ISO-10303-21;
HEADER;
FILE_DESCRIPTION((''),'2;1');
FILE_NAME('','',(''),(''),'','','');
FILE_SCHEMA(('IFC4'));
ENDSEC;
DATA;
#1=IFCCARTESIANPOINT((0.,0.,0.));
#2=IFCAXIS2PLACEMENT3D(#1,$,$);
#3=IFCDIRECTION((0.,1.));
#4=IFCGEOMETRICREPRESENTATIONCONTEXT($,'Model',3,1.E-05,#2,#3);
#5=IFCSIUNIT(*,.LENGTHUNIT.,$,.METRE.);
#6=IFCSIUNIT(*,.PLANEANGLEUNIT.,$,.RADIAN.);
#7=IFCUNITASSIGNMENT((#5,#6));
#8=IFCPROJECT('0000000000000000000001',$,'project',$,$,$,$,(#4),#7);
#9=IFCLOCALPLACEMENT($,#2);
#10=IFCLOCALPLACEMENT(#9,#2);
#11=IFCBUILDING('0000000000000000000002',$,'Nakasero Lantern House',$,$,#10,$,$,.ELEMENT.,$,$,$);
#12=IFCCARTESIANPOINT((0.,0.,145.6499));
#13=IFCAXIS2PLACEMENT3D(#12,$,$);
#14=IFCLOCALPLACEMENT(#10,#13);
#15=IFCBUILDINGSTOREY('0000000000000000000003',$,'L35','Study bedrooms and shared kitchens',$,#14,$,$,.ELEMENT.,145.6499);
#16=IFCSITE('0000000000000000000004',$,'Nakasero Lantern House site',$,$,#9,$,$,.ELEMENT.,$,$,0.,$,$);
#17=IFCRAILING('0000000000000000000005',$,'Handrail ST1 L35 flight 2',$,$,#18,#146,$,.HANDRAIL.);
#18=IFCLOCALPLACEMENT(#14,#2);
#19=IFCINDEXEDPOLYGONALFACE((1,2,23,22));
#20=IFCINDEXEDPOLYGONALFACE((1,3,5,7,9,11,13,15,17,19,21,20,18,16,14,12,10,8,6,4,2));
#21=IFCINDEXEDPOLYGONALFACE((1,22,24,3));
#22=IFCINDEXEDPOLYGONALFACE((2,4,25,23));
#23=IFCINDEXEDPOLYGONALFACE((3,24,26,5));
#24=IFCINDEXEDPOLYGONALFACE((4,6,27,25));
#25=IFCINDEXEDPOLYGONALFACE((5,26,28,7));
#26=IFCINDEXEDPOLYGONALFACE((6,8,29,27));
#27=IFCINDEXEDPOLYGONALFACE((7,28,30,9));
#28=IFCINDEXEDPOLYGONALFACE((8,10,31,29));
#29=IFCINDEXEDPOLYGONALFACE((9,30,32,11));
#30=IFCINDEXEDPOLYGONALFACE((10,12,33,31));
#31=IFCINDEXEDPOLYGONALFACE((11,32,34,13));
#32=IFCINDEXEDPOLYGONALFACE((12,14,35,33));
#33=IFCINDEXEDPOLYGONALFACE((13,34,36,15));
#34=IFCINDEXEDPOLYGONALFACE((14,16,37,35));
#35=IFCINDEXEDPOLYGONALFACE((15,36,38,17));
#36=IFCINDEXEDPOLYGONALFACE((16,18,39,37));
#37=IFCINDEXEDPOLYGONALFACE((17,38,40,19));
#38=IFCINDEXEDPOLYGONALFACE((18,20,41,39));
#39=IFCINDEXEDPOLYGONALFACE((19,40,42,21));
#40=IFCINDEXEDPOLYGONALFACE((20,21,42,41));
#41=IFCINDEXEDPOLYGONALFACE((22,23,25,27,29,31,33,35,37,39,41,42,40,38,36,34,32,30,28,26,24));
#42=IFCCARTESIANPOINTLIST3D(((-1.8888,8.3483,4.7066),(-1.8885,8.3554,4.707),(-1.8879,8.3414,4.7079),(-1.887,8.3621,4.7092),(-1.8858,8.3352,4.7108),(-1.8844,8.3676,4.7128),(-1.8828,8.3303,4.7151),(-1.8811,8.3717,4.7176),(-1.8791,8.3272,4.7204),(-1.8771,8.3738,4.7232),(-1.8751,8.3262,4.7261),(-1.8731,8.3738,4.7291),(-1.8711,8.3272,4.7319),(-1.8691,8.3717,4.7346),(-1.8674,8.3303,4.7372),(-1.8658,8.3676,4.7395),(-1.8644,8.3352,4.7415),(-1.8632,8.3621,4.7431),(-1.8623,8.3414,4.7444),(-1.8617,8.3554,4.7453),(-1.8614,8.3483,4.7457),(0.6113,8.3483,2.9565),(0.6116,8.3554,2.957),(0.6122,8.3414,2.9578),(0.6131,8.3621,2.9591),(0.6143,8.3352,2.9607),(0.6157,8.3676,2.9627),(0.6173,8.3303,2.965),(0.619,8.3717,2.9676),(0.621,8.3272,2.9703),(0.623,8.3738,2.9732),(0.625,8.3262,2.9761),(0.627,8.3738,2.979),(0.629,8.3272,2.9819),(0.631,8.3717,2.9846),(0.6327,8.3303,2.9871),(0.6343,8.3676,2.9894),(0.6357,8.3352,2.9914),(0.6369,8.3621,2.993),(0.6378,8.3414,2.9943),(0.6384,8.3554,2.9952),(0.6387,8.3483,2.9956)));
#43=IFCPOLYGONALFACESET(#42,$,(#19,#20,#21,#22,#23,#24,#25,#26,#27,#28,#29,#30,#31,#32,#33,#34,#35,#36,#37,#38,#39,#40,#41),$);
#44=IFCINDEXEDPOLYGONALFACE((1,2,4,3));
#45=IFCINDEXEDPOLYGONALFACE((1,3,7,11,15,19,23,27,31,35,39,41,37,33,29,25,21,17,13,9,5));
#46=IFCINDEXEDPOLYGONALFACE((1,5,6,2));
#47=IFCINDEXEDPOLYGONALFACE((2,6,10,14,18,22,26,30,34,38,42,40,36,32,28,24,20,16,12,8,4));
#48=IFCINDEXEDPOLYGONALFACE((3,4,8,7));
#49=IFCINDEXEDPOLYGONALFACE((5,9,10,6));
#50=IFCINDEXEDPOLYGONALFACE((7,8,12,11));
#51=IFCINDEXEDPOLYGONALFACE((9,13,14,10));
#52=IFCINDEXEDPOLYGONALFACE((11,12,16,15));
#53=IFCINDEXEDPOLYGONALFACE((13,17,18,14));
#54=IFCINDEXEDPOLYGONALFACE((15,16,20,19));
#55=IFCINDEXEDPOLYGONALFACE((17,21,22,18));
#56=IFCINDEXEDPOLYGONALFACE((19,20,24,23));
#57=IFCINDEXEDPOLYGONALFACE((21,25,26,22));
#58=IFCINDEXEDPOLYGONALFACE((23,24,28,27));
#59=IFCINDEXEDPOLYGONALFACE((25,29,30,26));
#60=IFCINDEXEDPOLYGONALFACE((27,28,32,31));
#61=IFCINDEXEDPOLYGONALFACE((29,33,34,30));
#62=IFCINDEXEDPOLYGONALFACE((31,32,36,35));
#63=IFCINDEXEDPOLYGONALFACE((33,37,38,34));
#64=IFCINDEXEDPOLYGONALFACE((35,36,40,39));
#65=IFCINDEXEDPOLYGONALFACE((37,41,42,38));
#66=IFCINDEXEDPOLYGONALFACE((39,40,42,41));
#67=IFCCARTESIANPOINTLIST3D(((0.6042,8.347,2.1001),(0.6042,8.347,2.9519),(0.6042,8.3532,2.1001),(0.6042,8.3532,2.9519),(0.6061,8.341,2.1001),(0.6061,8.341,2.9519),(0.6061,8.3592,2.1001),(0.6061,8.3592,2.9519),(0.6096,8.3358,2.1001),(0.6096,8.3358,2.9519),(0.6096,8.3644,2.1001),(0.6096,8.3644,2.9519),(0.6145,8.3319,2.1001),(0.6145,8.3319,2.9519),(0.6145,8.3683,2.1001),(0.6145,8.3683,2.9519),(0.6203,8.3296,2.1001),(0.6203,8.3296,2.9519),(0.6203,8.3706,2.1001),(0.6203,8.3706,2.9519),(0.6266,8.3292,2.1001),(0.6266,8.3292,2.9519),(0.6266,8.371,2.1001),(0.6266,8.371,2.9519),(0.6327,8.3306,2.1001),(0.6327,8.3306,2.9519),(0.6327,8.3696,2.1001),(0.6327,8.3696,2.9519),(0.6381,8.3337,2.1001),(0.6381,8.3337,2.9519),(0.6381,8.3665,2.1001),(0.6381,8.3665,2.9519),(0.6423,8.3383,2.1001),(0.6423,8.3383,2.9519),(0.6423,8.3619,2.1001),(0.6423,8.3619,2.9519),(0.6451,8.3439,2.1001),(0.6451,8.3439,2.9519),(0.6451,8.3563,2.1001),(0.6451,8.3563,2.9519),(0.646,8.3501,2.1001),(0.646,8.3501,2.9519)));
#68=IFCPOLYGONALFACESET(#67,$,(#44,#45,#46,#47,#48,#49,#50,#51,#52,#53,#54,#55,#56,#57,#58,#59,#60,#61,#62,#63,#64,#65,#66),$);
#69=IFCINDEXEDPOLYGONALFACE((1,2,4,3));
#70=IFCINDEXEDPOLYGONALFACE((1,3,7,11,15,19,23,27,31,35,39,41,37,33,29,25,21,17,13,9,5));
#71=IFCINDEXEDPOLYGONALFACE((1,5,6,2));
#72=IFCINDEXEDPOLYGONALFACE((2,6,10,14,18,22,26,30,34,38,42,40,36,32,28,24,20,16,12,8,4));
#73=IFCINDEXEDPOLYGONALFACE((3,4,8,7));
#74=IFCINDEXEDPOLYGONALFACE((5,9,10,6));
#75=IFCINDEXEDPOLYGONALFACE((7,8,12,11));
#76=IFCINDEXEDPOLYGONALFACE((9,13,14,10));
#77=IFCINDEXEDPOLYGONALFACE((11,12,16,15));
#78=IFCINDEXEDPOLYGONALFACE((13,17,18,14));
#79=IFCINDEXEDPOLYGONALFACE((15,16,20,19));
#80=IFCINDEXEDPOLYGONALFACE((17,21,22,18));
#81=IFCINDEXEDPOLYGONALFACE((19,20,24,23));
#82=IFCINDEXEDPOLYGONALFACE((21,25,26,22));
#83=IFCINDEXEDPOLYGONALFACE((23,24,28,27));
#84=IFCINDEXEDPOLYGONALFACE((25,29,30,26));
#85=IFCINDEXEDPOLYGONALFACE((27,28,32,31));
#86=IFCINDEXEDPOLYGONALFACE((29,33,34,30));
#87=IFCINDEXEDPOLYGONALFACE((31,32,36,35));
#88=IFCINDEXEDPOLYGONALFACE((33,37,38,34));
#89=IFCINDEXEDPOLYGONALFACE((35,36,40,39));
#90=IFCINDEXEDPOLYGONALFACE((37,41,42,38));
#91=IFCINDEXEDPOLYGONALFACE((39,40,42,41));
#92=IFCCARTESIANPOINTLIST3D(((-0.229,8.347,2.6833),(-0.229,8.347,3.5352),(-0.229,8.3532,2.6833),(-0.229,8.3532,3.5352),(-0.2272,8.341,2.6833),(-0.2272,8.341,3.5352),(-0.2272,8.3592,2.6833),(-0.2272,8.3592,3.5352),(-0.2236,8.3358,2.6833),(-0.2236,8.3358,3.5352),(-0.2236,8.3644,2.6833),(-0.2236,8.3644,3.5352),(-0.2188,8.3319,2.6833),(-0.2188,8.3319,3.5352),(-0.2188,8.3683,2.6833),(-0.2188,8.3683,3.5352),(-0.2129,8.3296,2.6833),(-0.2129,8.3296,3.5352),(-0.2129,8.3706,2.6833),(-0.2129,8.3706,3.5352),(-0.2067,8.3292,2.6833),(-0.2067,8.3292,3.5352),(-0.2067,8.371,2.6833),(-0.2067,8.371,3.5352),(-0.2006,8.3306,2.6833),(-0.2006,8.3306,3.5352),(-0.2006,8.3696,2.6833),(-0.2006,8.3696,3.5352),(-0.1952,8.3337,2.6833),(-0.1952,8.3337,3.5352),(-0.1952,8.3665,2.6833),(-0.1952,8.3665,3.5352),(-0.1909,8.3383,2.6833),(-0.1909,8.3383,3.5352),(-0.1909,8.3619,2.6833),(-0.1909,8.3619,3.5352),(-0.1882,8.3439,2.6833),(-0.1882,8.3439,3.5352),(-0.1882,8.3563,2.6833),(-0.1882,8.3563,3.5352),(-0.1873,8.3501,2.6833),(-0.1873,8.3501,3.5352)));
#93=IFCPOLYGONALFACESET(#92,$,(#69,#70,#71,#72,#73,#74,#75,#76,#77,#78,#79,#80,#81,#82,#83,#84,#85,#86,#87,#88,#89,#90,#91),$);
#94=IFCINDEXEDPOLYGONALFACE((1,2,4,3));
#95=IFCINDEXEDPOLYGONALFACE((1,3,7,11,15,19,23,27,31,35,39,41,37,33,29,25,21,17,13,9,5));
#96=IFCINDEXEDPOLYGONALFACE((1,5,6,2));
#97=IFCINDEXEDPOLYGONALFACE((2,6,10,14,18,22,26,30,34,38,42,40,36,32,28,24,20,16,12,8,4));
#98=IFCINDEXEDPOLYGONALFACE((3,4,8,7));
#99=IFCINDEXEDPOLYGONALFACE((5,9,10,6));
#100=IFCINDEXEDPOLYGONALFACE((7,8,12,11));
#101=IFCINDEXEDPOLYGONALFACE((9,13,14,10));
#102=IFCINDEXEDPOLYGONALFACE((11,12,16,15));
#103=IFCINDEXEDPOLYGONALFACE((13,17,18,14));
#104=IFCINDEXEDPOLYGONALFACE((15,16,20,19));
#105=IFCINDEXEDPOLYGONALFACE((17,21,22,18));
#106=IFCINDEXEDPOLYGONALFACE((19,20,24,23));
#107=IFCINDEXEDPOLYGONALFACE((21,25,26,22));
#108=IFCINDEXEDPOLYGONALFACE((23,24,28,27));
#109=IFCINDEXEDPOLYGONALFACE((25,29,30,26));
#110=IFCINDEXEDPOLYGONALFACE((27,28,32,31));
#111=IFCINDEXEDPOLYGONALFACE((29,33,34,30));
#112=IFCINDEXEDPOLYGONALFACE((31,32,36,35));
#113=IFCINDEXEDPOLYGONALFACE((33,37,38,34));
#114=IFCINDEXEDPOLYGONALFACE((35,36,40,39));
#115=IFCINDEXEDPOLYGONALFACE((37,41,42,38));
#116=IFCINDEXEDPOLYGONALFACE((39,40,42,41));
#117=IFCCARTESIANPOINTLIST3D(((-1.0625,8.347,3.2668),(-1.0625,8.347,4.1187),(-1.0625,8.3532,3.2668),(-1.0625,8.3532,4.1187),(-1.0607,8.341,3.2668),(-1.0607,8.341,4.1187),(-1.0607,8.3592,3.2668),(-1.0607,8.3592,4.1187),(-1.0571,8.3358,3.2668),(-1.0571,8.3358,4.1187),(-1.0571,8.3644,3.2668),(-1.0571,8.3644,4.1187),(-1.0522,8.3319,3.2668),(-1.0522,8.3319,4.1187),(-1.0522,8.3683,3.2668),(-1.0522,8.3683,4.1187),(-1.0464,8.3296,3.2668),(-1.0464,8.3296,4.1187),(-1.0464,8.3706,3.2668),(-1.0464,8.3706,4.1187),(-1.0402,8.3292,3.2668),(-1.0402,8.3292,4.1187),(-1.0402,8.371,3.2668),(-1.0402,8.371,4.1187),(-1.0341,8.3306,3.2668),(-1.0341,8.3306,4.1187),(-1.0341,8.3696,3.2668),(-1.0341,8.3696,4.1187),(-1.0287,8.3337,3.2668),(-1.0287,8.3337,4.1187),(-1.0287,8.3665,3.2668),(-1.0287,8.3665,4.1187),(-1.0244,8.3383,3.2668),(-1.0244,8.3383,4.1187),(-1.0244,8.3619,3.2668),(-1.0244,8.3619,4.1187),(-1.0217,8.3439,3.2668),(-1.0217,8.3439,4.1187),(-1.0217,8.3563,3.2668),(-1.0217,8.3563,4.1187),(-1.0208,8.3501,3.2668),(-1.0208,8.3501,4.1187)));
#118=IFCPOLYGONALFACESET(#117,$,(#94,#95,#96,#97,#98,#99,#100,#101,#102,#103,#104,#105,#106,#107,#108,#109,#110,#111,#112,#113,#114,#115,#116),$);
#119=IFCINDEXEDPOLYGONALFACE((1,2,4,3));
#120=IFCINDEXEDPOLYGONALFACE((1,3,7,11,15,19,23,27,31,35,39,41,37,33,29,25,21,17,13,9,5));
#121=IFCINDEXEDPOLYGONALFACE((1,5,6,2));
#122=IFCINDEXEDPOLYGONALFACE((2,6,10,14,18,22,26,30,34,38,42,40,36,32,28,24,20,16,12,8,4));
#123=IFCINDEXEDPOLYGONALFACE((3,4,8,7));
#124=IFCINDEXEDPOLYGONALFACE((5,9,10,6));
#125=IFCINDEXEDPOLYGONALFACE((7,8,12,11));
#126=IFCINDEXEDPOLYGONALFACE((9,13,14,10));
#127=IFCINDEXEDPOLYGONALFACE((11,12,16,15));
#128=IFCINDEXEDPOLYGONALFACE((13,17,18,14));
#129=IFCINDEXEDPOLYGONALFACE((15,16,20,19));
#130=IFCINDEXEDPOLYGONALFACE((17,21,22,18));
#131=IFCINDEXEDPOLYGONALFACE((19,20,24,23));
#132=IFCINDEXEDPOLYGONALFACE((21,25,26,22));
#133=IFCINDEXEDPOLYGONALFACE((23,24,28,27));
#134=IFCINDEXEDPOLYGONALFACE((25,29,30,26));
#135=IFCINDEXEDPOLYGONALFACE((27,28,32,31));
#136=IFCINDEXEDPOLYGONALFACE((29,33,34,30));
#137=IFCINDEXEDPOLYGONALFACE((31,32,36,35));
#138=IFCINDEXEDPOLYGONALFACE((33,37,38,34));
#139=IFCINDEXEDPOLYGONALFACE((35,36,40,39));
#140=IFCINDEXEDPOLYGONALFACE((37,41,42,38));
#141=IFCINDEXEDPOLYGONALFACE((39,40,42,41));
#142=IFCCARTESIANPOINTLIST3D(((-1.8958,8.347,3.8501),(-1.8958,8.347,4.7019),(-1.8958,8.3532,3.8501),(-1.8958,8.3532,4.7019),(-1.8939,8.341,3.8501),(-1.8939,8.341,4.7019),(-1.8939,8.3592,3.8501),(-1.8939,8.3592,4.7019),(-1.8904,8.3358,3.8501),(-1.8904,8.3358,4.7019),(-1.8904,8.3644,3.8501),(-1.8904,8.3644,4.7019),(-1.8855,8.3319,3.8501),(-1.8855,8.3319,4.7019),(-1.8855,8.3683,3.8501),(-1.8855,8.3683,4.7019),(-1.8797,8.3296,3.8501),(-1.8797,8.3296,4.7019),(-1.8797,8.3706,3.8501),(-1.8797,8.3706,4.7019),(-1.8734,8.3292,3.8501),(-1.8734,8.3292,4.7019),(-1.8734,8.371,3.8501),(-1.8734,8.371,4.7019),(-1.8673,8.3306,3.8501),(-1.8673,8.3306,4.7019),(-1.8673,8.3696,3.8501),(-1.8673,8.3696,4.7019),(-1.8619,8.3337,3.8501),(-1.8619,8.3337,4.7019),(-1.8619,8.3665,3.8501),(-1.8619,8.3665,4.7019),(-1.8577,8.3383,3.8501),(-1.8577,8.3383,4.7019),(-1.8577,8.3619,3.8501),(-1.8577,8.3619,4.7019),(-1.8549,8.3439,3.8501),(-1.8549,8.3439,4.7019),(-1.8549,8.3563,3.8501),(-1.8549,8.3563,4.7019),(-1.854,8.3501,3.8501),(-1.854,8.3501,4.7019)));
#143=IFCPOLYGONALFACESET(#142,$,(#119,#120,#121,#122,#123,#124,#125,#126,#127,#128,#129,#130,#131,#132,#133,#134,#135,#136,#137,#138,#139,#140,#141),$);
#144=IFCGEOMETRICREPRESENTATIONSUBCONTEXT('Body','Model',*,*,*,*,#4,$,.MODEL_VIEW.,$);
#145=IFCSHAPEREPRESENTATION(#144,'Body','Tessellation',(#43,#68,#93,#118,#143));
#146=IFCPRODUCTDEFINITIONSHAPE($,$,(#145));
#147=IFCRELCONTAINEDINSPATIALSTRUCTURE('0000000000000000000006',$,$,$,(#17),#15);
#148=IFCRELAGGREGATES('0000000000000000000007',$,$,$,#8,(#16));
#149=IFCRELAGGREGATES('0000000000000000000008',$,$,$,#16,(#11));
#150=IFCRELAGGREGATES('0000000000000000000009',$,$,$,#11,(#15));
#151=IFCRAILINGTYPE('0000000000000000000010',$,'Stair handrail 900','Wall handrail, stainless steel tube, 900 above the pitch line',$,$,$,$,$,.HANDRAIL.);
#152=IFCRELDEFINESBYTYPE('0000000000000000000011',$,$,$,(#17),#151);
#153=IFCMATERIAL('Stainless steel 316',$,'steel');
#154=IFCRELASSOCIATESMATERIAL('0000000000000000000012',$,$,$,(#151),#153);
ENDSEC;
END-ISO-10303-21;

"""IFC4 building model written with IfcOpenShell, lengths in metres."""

from ifc_helpers import new_model, si_unit, direction, frame, origin, origin_2d, place, context, subcontext, project, spatial, circle, extrude, material, type_object, element, save


model = new_model("IFC4")

# Units and contexts
model_context = context("Model", 3, precision=1e-05, world=origin(), true_north=direction((0.0, 1.0)))
body_context = subcontext(model_context, "Body", "Model", "MODEL_VIEW")
ifc_project = project(units=[si_unit("LENGTHUNIT", "METRE"), si_unit("PLANEANGLEUNIT", "RADIAN")], contexts=[model_context])

# Site, building, storey
site_placement = place(None, origin())
site = spatial("IfcSite", under=ifc_project, at=site_placement, Name="Nakasero Lantern House site", CompositionType="ELEMENT", RefElevation=0.0)
building_placement = place(site_placement, origin())
building = spatial("IfcBuilding", under=site, at=building_placement, Name="Nakasero Lantern House", CompositionType="ELEMENT")
storey_placement = place(building_placement, frame((0.0, 0.0, 145.6499)))
storey = spatial("IfcBuildingStorey", under=building, at=storey_placement, Name="L35", Description="Study bedrooms and shared kitchens", CompositionType="ELEMENT", Elevation=145.6499)

# Railing
ifc_material_1 = material(Name="Stainless steel 316", Category="steel")
railing_type = type_object("IfcRailingType", Name="Stair handrail 900", Description="Wall handrail, stainless steel tube, 900 above the pitch line", PredefinedType="HANDRAIL", material=ifc_material_1)
railing_placement = place(storey_placement, frame((0.625, 8.3501, 2.1001)))
element("IfcRailing", 1, at=railing_placement, inside=storey, type_object=railing_type, Name="Handrail ST1 L35 flight 2", PredefinedType="HANDRAIL", context=body_context, shape_type="SweptSolid", body=[
    extrude(circle(Radius=0.0239, at=origin_2d()), frame((0.0, 0.0, 0.876), z_axis=(-0.819232, 0.0, 0.573462), x_axis=(0.0, -1.0, 0.0)), (0.0, 0.0, 1.0), 3.0518),
    extrude(circle(Radius=0.021, at=origin_2d()), origin(), (0.0, 0.0, 1.0), 0.8518),
    extrude(circle(Radius=0.021, at=origin_2d()), frame((-0.8333, 0.0, 0.5833)), (0.0, 0.0, 1.0), 0.8518),
    extrude(circle(Radius=0.021, at=origin_2d()), frame((-1.6667, 0.0, 1.1667)), (0.0, 0.0, 1.0), 0.8518),
    extrude(circle(Radius=0.021, at=origin_2d()), frame((-2.5, 0.0, 1.75)), (0.0, 0.0, 1.0), 0.8518),
])

save(model, "model.ifc")
